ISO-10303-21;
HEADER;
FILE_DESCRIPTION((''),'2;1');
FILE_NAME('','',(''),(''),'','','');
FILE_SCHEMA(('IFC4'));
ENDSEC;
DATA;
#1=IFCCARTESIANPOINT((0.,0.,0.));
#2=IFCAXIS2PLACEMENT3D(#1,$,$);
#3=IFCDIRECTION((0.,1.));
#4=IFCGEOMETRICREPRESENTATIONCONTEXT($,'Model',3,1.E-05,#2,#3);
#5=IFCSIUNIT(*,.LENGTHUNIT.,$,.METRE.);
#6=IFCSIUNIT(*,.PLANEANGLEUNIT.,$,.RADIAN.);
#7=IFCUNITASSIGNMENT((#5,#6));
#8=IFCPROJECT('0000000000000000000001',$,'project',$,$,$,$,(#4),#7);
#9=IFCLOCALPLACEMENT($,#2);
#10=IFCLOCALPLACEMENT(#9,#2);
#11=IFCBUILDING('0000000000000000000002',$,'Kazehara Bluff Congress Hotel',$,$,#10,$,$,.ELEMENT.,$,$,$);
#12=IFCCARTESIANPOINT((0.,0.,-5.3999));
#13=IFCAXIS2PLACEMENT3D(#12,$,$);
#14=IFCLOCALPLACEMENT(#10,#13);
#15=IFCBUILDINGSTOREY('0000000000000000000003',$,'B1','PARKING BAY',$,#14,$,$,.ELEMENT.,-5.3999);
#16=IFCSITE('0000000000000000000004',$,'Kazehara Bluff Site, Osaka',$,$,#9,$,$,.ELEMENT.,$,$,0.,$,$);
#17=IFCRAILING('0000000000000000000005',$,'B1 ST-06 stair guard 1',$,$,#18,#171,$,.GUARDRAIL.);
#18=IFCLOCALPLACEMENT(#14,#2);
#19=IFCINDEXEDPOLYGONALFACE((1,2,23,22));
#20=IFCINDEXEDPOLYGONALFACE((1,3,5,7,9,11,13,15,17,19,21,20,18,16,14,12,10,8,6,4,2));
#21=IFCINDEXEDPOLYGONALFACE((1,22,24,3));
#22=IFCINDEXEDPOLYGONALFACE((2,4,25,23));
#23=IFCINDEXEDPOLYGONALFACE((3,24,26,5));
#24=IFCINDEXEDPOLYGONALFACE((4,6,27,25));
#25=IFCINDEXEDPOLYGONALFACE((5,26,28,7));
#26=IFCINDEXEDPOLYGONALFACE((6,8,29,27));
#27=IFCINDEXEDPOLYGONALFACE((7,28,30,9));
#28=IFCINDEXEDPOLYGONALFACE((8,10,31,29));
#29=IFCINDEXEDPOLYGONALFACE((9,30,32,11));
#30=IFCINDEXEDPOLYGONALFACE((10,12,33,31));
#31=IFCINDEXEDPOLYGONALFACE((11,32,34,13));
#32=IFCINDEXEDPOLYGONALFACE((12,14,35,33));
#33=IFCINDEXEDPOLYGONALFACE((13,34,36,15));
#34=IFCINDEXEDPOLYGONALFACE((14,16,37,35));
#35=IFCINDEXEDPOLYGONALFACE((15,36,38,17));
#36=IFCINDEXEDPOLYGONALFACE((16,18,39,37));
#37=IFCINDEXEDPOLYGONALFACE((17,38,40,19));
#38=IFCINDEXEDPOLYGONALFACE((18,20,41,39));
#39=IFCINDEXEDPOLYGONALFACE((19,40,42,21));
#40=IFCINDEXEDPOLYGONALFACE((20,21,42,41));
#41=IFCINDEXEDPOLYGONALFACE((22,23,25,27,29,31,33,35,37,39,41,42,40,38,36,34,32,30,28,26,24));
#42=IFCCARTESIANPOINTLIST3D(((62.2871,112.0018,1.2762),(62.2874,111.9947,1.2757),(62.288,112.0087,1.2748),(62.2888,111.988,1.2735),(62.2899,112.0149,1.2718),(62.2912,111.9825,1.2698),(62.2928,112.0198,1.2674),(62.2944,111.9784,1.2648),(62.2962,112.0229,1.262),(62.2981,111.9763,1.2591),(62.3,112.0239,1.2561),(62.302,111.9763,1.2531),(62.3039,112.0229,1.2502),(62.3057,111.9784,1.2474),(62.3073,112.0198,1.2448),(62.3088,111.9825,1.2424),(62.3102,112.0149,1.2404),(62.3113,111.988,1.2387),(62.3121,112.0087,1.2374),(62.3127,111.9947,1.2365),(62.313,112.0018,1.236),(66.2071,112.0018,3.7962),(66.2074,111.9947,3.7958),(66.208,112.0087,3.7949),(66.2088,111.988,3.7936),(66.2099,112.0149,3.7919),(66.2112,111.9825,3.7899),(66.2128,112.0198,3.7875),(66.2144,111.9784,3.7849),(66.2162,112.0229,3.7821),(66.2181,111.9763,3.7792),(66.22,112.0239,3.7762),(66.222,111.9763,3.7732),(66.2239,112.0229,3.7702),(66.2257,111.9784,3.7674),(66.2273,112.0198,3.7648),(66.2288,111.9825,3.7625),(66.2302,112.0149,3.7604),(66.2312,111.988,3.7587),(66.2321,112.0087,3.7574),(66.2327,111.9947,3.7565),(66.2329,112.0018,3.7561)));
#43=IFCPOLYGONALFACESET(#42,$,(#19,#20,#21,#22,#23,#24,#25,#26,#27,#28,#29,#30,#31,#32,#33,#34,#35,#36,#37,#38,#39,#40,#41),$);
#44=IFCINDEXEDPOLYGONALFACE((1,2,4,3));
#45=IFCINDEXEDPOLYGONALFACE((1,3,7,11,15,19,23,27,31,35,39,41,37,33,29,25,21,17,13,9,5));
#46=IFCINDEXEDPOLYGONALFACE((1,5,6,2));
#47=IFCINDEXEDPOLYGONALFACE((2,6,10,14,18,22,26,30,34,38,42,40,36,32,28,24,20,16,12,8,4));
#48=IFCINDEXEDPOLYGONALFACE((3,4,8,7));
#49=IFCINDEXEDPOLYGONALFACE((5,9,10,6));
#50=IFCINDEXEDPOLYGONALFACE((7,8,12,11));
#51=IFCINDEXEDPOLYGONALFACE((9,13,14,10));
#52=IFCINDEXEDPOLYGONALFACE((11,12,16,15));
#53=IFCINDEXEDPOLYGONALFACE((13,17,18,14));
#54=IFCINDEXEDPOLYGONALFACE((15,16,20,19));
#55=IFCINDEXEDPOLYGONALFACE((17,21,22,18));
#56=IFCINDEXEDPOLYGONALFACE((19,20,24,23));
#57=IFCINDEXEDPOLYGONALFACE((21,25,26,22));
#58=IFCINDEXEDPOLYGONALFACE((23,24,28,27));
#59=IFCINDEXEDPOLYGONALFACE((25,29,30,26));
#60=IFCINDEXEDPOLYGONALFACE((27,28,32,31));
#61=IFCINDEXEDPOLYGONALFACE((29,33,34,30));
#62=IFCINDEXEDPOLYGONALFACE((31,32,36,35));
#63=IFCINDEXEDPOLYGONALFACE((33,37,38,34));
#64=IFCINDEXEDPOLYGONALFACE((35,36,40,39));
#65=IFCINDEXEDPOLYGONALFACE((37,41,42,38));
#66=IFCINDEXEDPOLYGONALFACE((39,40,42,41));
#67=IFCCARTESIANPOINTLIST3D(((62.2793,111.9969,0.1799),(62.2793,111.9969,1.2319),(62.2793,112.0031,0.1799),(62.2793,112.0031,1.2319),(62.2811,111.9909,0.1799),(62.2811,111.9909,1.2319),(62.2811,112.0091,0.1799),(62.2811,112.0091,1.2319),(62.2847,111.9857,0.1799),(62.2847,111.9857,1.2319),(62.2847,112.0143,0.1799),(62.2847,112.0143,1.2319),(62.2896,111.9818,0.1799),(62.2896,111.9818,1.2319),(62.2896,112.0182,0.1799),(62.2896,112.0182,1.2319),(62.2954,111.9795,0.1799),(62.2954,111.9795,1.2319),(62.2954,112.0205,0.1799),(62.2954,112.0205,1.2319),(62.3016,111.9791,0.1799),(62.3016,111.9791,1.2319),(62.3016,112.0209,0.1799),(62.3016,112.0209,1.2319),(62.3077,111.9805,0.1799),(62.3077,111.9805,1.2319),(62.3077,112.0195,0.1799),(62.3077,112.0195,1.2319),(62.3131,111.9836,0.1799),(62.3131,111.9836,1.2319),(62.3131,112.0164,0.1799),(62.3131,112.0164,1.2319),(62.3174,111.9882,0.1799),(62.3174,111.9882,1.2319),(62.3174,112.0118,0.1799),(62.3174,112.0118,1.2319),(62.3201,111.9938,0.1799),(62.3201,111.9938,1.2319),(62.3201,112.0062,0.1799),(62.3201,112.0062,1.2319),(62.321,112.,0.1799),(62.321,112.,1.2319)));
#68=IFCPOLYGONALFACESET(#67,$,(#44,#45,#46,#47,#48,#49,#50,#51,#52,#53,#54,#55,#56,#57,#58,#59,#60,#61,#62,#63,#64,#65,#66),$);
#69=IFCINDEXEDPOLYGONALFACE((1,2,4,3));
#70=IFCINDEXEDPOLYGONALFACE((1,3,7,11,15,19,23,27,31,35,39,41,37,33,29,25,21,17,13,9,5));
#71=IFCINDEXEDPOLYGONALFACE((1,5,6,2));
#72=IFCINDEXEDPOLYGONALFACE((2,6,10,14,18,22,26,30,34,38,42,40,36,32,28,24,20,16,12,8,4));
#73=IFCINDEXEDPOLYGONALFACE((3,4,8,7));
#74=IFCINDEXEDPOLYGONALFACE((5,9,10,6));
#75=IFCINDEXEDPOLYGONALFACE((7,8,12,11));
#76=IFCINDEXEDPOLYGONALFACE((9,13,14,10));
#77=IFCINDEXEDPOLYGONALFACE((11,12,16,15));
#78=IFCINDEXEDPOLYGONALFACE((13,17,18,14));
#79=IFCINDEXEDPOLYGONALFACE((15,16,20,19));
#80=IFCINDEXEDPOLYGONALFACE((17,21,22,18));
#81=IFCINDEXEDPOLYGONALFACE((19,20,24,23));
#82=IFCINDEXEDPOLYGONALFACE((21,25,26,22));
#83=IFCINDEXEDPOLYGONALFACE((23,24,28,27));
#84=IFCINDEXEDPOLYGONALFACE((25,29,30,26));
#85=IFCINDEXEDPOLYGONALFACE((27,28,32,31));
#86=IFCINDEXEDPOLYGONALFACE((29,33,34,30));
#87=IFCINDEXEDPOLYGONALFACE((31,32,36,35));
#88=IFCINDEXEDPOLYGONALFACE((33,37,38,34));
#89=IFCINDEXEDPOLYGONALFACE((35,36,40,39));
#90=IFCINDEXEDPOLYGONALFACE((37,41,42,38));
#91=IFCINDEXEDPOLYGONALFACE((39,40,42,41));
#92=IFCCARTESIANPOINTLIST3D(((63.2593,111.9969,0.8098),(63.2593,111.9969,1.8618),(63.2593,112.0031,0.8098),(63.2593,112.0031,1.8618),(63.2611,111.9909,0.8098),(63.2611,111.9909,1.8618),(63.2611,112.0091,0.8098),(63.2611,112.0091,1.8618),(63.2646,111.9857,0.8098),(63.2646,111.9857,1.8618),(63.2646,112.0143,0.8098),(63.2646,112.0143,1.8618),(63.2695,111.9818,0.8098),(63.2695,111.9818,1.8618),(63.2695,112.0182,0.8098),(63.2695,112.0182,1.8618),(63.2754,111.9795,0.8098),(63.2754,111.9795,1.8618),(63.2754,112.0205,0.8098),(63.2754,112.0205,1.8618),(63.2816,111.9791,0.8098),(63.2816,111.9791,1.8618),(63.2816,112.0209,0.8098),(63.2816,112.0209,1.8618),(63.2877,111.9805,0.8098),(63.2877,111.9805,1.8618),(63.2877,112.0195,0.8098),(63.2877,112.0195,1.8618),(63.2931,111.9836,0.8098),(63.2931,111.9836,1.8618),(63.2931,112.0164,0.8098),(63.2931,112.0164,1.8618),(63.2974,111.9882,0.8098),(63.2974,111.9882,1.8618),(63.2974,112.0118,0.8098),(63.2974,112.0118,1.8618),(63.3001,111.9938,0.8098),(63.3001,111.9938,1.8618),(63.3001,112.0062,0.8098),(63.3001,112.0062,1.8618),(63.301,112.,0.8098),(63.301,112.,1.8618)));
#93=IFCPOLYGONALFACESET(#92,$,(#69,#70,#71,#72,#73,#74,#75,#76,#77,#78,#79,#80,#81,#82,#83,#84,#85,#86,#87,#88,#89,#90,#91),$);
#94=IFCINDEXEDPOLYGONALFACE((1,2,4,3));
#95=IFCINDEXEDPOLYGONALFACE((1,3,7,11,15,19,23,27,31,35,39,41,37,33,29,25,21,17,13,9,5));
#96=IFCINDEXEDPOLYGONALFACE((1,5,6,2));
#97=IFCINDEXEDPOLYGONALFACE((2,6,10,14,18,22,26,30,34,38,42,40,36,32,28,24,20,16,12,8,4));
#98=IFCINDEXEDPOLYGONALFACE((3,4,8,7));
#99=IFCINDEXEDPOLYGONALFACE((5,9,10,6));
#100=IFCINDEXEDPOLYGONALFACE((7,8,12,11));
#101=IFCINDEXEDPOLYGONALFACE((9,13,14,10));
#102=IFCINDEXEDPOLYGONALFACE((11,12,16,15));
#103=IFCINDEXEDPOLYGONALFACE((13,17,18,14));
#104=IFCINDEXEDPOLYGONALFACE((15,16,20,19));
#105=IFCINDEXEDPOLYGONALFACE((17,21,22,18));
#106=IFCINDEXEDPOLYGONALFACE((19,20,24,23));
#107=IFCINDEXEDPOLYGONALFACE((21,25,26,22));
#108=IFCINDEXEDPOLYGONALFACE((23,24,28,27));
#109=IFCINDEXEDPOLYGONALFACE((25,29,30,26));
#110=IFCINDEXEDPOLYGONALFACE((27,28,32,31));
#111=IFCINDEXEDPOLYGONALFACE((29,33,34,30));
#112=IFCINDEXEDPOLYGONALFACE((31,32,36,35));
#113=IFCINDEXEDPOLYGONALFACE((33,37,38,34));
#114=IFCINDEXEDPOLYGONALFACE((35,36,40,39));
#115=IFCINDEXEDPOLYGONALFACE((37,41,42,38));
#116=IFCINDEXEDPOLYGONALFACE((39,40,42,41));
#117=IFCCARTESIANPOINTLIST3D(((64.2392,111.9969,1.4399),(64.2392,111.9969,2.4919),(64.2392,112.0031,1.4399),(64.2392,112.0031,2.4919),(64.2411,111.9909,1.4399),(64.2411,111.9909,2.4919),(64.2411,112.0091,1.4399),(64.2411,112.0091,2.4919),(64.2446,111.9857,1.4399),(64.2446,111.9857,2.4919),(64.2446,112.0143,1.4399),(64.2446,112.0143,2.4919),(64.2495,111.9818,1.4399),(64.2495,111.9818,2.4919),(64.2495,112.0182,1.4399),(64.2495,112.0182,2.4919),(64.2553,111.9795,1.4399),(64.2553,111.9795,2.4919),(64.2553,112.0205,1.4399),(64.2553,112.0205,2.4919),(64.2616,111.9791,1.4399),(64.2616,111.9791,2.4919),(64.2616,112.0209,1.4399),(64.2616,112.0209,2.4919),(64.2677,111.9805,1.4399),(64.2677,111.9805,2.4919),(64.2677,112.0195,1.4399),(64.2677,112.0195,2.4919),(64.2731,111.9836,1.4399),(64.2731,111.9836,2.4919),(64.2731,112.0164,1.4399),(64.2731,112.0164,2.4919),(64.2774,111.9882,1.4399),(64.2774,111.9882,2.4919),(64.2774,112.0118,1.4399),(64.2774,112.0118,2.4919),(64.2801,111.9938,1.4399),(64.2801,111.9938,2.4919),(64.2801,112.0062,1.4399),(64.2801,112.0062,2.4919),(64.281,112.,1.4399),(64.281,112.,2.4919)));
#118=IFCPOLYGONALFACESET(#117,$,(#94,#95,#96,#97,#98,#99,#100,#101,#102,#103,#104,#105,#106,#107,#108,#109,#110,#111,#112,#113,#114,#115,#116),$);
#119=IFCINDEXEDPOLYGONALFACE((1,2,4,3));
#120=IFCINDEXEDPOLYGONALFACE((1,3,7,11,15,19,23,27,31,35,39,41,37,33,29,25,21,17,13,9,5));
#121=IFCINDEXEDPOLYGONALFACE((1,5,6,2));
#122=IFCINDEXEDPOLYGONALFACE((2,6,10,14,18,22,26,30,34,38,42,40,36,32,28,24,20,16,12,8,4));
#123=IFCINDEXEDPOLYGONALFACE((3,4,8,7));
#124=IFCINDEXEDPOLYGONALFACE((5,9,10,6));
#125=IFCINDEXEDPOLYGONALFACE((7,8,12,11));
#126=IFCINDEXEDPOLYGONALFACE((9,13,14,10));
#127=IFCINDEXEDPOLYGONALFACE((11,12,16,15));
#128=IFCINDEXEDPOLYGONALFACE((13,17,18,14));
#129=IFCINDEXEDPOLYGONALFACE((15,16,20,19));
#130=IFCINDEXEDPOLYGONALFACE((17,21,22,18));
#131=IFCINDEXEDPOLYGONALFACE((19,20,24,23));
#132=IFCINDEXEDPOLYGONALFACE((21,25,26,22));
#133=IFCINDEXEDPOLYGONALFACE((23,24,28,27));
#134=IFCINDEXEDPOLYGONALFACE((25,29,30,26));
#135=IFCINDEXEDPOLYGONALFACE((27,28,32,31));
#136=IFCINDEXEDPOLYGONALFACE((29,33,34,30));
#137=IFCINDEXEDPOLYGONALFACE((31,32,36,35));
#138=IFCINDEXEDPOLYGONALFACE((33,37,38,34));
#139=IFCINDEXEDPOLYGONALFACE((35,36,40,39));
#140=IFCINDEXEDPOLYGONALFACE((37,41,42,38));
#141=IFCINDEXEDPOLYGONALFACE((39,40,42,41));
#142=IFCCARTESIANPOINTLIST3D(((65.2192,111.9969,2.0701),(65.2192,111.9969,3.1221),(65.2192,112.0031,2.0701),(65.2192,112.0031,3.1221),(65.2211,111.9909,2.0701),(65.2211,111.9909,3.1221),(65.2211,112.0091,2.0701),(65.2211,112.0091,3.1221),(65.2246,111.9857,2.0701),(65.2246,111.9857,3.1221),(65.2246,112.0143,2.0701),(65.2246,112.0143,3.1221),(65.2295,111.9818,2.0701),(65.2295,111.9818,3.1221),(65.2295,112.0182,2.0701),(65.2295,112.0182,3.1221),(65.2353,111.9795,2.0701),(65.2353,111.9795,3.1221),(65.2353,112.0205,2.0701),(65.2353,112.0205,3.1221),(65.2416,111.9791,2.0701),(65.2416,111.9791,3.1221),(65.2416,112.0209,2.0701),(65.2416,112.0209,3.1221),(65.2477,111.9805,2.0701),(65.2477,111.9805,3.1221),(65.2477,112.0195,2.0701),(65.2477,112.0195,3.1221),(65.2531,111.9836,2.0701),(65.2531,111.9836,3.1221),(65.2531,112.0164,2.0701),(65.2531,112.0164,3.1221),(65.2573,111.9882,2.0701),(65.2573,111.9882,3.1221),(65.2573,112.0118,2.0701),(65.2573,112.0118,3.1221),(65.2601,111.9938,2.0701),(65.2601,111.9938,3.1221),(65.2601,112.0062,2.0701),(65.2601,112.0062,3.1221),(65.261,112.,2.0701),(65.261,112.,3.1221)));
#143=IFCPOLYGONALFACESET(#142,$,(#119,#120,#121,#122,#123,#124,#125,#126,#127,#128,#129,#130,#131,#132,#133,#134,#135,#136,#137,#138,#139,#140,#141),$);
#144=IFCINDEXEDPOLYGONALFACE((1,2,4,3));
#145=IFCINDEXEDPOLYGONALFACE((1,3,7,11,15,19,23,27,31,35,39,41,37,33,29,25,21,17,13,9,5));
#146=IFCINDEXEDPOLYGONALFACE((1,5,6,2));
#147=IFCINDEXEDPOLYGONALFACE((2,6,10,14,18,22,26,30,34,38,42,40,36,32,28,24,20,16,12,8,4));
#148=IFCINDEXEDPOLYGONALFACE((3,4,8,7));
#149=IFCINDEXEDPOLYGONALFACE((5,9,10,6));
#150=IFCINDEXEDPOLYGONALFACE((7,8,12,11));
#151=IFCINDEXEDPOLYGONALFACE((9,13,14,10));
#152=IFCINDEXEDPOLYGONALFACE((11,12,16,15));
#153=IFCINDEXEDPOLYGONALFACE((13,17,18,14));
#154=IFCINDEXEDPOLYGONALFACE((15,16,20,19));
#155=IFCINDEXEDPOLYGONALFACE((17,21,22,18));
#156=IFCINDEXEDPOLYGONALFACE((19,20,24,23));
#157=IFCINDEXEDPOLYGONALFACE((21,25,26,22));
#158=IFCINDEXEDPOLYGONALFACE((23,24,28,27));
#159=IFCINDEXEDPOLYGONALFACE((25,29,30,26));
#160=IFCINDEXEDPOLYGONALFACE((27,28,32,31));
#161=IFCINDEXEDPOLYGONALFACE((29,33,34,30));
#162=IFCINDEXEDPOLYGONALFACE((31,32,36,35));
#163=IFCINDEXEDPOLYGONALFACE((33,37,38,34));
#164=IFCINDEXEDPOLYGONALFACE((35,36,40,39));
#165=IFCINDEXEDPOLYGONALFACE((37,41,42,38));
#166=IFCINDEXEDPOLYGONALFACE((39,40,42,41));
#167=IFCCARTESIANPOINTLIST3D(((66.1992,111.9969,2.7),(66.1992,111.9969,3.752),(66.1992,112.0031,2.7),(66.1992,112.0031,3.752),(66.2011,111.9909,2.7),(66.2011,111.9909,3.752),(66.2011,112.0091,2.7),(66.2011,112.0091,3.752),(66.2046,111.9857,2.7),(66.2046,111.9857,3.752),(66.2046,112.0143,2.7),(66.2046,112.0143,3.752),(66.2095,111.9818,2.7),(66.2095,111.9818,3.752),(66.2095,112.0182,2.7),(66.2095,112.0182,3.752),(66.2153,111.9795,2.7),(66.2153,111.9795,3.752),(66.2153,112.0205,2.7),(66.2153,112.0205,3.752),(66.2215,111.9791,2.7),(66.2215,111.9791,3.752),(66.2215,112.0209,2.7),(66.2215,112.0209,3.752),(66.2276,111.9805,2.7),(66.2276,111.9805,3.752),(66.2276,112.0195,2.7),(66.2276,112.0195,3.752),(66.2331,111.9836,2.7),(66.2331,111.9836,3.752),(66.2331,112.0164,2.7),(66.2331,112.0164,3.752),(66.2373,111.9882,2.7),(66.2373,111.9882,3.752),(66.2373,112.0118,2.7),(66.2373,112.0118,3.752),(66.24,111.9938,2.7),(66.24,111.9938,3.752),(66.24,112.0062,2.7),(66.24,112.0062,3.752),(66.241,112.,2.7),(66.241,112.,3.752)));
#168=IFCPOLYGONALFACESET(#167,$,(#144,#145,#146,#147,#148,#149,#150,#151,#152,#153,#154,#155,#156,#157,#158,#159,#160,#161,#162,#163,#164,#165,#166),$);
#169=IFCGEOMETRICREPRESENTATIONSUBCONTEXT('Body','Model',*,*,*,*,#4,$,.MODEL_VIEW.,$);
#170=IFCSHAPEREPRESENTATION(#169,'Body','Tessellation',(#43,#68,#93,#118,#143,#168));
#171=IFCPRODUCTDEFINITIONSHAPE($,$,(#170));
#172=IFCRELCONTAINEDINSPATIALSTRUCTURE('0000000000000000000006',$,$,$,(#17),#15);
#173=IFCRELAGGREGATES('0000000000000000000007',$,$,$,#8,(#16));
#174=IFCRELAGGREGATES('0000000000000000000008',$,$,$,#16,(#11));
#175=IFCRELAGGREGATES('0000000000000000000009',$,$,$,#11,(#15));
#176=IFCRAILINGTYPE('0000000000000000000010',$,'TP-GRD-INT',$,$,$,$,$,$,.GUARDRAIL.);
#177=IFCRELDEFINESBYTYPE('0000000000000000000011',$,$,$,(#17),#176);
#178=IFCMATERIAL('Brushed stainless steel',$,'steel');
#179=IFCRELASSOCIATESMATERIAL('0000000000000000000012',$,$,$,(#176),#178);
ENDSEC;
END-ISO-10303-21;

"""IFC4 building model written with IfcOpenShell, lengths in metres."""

from ifc_helpers import new_model, si_unit, direction, frame, origin, origin_2d, place, context, subcontext, project, spatial, circle, extrude, material, type_object, element, save


model = new_model("IFC4")

# Units and contexts
model_context = context("Model", 3, precision=1e-05, world=origin(), true_north=direction((0.0, 1.0)))
body_context = subcontext(model_context, "Body", "Model", "MODEL_VIEW")
ifc_project = project(units=[si_unit("LENGTHUNIT", "METRE"), si_unit("PLANEANGLEUNIT", "RADIAN")], contexts=[model_context])

# Site, building, storey
site_placement = place(None, origin())
site = spatial("IfcSite", under=ifc_project, at=site_placement, Name="Kazehara Bluff Site, Osaka", CompositionType="ELEMENT", RefElevation=0.0)
building_placement = place(site_placement, origin())
building = spatial("IfcBuilding", under=site, at=building_placement, Name="Kazehara Bluff Congress Hotel", CompositionType="ELEMENT")
storey_placement = place(building_placement, frame((0.0, 0.0, -5.3999)))
storey = spatial("IfcBuildingStorey", under=building, at=storey_placement, Name="B1", Description="PARKING BAY", CompositionType="ELEMENT", Elevation=-5.3999)

# Railing
ifc_material_1 = material(Name="Brushed stainless steel", Category="steel")
railing_type_1 = type_object("IfcRailingType", Name="TP-GRD-INT", PredefinedType="GUARDRAIL", material=ifc_material_1)
railing_1_placement = place(storey_placement, frame((62.3, 112.0, 0.1799)))
element("IfcRailing", 1, at=railing_1_placement, inside=storey, type_object=railing_type_1, Name="B1 ST-06 stair guard 1", PredefinedType="GUARDRAIL", context=body_context, shape_type="SweptSolid", body=[
    extrude(circle(Radius=0.0239, at=origin_2d()), frame((0.0, 0.0, 1.0762), z_axis=(0.841172, 0.0, 0.540768), x_axis=(0.0, 1.0, 0.0)), (0.0, 0.0, 1.0), 4.6602),
    extrude(circle(Radius=0.021, at=origin_2d()), origin(), (0.0, 0.0, 1.0), 1.052),
    extrude(circle(Radius=0.021, at=origin_2d()), frame((0.98, 0.0, 0.6299)), (0.0, 0.0, 1.0), 1.052),
    extrude(circle(Radius=0.021, at=origin_2d()), frame((1.96, 0.0, 1.26)), (0.0, 0.0, 1.0), 1.052),
    extrude(circle(Radius=0.021, at=origin_2d()), frame((2.9399, 0.0, 1.8901)), (0.0, 0.0, 1.0), 1.052),
    extrude(circle(Radius=0.021, at=origin_2d()), frame((3.9199, 0.0, 2.52)), (0.0, 0.0, 1.0), 1.052),
])

save(model, "model.ifc")
